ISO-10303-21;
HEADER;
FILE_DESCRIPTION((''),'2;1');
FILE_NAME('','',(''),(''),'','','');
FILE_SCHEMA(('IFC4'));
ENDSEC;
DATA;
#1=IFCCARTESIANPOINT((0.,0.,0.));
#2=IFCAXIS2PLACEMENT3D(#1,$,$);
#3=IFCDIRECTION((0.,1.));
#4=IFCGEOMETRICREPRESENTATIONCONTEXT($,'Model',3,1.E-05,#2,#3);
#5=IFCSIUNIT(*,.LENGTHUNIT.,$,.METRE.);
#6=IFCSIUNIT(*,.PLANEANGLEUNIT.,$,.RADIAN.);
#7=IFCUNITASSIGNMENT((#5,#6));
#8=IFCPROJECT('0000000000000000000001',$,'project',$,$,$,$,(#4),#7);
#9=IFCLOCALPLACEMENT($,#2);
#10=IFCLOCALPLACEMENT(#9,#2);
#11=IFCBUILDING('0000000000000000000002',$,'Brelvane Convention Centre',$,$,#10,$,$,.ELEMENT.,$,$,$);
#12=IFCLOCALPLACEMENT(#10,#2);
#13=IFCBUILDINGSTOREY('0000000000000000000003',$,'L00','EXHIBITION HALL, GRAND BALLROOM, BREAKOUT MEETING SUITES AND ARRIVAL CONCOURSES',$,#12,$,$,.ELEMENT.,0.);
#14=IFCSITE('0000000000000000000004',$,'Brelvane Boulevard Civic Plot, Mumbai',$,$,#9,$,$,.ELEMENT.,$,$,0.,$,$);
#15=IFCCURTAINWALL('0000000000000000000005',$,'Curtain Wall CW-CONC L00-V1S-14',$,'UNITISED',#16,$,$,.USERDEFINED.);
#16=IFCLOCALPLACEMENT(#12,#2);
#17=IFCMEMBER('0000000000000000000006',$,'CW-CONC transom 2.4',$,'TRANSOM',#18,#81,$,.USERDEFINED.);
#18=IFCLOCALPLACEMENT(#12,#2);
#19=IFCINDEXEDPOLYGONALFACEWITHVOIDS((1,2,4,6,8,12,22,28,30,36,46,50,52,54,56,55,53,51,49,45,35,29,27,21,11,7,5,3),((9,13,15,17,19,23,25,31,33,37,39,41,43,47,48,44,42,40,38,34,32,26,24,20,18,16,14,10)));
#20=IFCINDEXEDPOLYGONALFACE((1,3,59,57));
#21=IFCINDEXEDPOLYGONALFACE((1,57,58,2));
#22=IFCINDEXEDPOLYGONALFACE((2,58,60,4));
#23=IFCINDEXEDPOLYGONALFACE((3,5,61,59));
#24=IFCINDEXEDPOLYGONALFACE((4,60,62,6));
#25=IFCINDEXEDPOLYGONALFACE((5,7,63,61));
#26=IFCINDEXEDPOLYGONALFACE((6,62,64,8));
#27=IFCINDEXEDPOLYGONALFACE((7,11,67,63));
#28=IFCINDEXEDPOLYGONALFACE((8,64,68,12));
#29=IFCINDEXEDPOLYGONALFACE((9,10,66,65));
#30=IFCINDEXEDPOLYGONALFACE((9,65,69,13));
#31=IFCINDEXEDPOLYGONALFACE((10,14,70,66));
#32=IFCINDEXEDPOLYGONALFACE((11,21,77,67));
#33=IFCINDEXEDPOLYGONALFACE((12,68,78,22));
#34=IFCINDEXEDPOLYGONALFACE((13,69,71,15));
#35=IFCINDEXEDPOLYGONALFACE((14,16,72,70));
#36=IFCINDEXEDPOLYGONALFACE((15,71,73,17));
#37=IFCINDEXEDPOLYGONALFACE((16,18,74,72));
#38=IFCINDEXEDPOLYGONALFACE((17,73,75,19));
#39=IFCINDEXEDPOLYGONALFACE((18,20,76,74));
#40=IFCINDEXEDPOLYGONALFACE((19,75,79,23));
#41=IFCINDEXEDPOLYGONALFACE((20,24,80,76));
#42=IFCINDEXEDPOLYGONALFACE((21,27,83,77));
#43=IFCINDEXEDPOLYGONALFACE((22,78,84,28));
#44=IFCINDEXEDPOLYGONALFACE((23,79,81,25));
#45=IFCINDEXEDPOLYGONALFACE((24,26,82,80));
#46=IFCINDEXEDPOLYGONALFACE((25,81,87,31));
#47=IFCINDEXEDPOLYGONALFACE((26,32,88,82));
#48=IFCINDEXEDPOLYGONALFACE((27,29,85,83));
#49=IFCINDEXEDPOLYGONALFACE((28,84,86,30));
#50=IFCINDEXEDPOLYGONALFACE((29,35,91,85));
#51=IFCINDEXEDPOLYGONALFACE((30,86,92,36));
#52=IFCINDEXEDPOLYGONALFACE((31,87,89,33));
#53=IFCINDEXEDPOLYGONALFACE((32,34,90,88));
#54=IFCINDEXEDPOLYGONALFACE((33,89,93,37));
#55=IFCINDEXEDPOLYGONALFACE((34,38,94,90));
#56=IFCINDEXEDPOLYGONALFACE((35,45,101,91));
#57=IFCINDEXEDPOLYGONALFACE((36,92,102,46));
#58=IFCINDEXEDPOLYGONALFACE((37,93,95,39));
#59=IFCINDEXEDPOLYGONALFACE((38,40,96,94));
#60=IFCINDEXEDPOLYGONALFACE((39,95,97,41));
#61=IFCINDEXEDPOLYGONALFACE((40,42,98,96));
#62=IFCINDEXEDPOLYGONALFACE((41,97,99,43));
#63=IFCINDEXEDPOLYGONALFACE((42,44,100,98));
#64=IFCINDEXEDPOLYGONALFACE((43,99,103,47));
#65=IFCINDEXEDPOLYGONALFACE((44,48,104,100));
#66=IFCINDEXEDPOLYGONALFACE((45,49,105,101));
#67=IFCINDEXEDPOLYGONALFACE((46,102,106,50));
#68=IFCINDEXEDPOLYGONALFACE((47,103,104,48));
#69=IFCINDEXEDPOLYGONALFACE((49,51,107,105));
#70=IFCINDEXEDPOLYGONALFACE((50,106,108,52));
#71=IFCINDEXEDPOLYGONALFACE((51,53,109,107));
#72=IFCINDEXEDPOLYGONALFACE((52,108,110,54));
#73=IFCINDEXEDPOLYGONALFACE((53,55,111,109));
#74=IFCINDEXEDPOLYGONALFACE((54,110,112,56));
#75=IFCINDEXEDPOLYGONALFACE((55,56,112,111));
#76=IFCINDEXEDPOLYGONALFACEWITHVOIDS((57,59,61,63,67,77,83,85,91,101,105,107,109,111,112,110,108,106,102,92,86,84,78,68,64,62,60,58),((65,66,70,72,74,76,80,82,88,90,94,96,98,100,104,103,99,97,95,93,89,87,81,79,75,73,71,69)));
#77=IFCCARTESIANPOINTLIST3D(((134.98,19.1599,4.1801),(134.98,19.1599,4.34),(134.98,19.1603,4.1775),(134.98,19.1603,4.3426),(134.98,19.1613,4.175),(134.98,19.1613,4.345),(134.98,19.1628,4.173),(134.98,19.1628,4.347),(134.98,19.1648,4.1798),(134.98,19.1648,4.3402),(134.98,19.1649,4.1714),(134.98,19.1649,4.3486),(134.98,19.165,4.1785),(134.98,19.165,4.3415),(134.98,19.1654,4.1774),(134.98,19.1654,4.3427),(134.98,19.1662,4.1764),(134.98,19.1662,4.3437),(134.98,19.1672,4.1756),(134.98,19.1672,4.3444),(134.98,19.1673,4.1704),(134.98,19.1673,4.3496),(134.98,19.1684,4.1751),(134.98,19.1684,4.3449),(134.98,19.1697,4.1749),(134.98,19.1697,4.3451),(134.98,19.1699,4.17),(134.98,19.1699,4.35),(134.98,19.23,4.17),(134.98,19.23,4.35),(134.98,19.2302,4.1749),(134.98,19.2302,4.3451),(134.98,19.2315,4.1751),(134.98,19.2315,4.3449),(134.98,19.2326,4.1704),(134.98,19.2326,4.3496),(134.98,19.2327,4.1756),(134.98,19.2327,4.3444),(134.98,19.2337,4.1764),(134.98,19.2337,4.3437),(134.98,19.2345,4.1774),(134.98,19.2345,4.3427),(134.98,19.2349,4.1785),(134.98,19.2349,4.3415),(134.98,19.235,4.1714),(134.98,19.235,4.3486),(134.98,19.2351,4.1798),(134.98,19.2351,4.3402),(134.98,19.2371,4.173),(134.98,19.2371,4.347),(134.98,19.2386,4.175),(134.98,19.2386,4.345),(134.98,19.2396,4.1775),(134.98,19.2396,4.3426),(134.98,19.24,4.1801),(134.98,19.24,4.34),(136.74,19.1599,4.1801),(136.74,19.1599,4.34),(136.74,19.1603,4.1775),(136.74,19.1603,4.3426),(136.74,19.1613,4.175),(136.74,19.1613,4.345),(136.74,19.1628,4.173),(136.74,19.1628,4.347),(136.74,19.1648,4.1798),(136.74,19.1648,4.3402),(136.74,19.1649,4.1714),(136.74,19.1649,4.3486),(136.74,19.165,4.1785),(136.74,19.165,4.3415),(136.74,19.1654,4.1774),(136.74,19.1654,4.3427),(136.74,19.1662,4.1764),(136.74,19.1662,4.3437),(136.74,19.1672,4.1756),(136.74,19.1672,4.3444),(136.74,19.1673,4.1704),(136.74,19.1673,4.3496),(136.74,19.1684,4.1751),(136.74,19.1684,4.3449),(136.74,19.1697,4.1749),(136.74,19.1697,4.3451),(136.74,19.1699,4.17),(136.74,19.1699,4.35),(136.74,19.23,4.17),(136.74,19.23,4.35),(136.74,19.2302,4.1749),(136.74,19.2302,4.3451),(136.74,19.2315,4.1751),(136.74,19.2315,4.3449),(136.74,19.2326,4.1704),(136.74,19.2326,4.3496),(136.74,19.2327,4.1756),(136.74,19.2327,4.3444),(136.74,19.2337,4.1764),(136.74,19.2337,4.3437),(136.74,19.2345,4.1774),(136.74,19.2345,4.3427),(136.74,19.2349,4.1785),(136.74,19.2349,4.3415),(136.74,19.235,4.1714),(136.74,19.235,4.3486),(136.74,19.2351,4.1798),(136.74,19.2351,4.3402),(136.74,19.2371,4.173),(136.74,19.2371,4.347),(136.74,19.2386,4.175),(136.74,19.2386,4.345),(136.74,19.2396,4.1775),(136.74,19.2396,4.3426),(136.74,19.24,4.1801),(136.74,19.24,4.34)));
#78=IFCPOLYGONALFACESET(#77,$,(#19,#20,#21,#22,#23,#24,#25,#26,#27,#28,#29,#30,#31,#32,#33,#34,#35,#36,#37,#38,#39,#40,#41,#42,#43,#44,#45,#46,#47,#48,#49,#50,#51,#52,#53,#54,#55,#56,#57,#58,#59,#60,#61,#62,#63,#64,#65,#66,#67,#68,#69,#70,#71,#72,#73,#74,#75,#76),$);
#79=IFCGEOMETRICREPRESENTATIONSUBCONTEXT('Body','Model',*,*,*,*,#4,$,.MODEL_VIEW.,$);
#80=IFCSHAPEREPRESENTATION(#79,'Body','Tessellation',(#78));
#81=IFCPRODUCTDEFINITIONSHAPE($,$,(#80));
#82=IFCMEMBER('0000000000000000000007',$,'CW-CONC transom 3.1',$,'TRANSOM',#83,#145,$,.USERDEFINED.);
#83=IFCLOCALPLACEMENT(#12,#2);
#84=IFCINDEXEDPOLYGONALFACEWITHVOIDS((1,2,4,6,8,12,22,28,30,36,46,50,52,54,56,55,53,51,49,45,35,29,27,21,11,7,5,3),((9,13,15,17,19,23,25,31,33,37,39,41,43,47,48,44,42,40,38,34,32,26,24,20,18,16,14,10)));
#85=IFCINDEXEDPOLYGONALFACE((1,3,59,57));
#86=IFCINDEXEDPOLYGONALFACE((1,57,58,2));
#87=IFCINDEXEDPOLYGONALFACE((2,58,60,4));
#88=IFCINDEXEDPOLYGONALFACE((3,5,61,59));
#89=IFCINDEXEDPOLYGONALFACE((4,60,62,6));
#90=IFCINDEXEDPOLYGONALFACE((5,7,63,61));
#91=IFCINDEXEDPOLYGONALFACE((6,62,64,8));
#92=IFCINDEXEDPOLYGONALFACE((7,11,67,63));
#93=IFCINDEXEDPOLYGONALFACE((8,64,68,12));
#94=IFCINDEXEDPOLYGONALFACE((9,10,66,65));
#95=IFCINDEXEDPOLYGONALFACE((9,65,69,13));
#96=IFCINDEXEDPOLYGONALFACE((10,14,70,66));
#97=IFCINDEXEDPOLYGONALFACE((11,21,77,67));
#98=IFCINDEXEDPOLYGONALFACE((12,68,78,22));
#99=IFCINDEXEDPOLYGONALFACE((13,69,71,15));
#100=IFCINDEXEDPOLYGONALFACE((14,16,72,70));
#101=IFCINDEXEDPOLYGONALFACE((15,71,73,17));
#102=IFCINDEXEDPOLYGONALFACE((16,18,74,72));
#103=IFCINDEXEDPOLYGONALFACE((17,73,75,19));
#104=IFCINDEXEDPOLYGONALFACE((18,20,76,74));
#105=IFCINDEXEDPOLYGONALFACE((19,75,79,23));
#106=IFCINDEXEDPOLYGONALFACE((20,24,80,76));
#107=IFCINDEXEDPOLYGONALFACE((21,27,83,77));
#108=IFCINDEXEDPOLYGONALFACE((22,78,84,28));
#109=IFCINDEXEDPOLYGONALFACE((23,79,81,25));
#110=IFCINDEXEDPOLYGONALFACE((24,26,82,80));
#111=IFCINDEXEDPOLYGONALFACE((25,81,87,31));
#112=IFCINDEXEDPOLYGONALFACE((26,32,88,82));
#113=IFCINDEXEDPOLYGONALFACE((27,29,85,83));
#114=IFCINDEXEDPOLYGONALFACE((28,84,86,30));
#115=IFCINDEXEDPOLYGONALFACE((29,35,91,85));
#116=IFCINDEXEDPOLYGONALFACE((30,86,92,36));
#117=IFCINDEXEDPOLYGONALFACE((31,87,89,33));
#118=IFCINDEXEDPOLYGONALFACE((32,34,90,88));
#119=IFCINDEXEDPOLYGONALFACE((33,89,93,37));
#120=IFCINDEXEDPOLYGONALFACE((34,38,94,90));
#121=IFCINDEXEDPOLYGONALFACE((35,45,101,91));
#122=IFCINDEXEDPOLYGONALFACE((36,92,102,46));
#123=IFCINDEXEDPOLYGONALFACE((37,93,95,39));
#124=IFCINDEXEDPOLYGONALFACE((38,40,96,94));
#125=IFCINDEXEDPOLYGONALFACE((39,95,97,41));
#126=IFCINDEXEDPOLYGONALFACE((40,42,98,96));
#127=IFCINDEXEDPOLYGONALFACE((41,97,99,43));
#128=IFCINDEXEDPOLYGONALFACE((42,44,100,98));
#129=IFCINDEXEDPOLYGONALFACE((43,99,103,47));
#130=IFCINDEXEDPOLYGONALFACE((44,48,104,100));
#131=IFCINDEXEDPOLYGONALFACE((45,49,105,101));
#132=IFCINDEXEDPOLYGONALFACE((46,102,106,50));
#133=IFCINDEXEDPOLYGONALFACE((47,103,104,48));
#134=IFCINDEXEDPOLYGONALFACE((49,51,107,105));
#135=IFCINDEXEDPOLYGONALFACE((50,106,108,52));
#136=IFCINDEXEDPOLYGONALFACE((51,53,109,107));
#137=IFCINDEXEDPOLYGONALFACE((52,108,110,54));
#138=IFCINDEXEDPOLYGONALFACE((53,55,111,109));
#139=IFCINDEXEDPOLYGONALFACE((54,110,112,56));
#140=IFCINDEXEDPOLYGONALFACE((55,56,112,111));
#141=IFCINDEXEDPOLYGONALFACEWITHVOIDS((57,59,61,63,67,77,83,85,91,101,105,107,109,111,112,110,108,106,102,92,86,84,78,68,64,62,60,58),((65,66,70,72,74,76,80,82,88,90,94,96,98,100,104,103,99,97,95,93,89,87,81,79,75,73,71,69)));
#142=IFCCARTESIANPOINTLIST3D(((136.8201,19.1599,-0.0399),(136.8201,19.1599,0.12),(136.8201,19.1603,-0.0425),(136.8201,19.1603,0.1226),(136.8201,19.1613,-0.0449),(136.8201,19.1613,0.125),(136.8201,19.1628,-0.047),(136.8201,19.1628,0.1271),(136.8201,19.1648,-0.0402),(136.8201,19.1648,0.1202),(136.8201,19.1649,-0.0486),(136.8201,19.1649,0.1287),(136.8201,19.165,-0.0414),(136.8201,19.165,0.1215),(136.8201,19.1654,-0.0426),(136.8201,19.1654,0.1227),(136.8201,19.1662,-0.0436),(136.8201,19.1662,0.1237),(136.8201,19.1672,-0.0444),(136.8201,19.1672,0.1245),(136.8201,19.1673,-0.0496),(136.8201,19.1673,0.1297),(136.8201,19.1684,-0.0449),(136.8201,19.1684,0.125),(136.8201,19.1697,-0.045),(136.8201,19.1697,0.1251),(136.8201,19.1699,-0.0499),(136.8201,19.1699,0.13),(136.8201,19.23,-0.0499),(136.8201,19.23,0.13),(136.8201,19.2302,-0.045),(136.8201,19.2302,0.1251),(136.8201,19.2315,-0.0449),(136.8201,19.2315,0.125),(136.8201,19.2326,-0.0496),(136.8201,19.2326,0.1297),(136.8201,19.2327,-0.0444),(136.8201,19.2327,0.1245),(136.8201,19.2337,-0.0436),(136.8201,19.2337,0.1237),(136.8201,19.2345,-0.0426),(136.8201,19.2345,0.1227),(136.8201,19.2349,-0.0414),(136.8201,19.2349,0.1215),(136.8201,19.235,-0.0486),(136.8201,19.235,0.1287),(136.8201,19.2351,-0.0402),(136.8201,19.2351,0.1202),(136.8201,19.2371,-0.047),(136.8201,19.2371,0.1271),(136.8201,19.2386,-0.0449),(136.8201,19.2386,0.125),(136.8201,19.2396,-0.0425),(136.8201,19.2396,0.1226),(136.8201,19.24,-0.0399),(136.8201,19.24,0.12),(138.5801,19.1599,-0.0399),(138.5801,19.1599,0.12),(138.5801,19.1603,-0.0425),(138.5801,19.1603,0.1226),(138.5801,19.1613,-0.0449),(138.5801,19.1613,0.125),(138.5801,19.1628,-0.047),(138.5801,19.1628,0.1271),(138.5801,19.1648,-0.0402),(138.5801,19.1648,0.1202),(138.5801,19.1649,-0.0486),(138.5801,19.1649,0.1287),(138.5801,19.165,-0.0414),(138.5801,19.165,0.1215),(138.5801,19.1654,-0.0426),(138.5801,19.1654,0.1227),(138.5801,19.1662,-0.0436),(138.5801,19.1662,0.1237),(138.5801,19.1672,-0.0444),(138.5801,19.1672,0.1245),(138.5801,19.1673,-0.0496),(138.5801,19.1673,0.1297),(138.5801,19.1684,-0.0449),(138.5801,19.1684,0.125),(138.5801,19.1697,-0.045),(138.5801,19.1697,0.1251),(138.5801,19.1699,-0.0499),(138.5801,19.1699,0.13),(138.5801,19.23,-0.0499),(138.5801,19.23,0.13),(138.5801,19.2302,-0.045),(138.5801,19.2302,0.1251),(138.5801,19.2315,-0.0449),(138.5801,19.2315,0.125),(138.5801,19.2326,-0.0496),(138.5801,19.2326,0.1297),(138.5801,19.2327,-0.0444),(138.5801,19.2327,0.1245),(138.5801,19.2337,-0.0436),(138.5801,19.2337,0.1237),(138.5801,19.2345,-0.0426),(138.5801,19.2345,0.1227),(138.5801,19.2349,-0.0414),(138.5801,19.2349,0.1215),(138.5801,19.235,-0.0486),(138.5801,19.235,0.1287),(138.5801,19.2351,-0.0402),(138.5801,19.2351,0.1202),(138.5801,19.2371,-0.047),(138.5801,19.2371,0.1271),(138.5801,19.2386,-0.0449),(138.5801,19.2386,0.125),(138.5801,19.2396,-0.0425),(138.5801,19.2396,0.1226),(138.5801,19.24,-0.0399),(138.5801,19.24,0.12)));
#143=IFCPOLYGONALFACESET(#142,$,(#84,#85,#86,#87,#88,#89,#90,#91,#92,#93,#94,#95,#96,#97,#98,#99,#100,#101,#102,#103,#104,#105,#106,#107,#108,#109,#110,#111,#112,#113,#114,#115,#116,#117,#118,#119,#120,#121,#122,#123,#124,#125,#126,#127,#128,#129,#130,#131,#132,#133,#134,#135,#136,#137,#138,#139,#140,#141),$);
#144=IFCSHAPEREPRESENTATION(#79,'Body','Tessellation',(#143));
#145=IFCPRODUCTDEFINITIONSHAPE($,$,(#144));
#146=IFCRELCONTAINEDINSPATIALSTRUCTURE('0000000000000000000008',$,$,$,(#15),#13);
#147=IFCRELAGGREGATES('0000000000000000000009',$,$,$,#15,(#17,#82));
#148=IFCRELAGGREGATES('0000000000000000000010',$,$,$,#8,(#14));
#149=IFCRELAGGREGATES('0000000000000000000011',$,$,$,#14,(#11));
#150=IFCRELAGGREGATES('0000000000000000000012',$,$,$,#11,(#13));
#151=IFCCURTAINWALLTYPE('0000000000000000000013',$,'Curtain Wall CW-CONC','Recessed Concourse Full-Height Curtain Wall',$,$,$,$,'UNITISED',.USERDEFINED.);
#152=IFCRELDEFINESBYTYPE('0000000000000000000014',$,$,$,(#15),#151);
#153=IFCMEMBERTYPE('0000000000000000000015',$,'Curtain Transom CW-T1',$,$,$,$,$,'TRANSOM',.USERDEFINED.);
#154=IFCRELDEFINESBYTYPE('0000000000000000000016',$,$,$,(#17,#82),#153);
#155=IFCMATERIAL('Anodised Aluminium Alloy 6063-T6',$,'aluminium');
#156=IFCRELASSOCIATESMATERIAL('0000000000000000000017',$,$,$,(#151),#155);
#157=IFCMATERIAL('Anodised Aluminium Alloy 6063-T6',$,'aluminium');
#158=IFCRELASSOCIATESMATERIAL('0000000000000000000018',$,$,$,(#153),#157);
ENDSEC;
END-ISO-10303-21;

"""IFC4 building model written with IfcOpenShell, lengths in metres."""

from ifc_helpers import new_model, si_unit, direction, frame, origin, origin_2d, place, context, subcontext, project, spatial, hollow_rectangle, extrude, material, material_profile, profile_set, type_object, element, aggregate, save


model = new_model("IFC4")

# Units and contexts
model_context = context("Model", 3, precision=1e-05, world=origin(), true_north=direction((0.0, 1.0)))
body_context = subcontext(model_context, "Body", "Model", "MODEL_VIEW")
ifc_project = project(units=[si_unit("LENGTHUNIT", "METRE"), si_unit("PLANEANGLEUNIT", "RADIAN")], contexts=[model_context])

# Site, building, storey
site_placement = place(None, origin())
site = spatial("IfcSite", under=ifc_project, at=site_placement, Name="Brelvane Boulevard Civic Plot, Mumbai", CompositionType="ELEMENT", RefElevation=0.0)
building_placement = place(site_placement, origin())
building = spatial("IfcBuilding", under=site, at=building_placement, Name="Brelvane Convention Centre", CompositionType="ELEMENT")
storey_placement = place(building_placement, origin())
storey = spatial("IfcBuildingStorey", under=building, at=storey_placement, Name="L00", Description="EXHIBITION HALL, GRAND BALLROOM, BREAKOUT MEETING SUITES AND ARRIVAL CONCOURSES", CompositionType="ELEMENT", Elevation=0.0)

# Curtain wall, members
ifc_material_1 = material(Name="Anodised Aluminium Alloy 6063-T6", Category="aluminium")
curtain_wall_type = type_object("IfcCurtainWallType", Name="Curtain Wall CW-CONC", Description="Recessed Concourse Full-Height Curtain Wall", ElementType="UNITISED", PredefinedType="USERDEFINED", material=ifc_material_1)
curtain_wall_placement = place(storey_placement, origin())
curtain_wall = element("IfcCurtainWall", 1, at=curtain_wall_placement, inside=storey, type_object=curtain_wall_type, Name="Curtain Wall CW-CONC L00-V1S-14", ObjectType="UNITISED", PredefinedType="USERDEFINED")
ifc_material_2 = material(Name="Anodised Aluminium Alloy 6063-T6", Category="aluminium")
ifc_material_profile_1 = material_profile(ifc_material_2, hollow_rectangle(XDim=0.0801, YDim=0.1799, WallThickness=0.0049, InnerFilletRadius=0.0049, OuterFilletRadius=0.01, at=origin_2d()), Name="ALU-T 180x80x5.0")
ifc_profile_set_1 = profile_set([ifc_material_profile_1], Name="Anodised Aluminium Alloy 6063-T6")
member_type_1 = type_object("IfcMemberType", Name="Curtain Transom CW-T1", ElementType="TRANSOM", PredefinedType="USERDEFINED", material=ifc_profile_set_1)
member_1_placement = place(storey_placement, frame((134.98, 19.2, 4.26), z_axis=(1.0, 0.0, 0.0), x_axis=(0.0, 1.0, 0.0)))
member_1 = element("IfcMember", 2, at=member_1_placement, type_object=member_type_1, Name="CW-CONC transom 2.4", ObjectType="TRANSOM", PredefinedType="USERDEFINED", context=body_context, shape_type="SweptSolid", body=[
    extrude(hollow_rectangle(XDim=0.0801, YDim=0.1799, WallThickness=0.0049, InnerFilletRadius=0.0049, OuterFilletRadius=0.01, at=origin_2d()), origin(), (0.0, 0.0, 1.0), 1.76),
])
member_2_placement = place(storey_placement, frame((136.8201, 19.2, 0.04), z_axis=(1.0, 0.0, 0.0), x_axis=(0.0, 1.0, 0.0)))
member_2 = element("IfcMember", 3, at=member_2_placement, type_object=member_type_1, Name="CW-CONC transom 3.1", ObjectType="TRANSOM", PredefinedType="USERDEFINED", context=body_context, shape_type="SweptSolid", body=[
    extrude(hollow_rectangle(XDim=0.0801, YDim=0.1799, WallThickness=0.0049, InnerFilletRadius=0.0049, OuterFilletRadius=0.01, at=origin_2d()), origin(), (0.0, 0.0, 1.0), 1.76),
])

aggregate(curtain_wall, [member_1, member_2])

save(model, "model.ifc")
